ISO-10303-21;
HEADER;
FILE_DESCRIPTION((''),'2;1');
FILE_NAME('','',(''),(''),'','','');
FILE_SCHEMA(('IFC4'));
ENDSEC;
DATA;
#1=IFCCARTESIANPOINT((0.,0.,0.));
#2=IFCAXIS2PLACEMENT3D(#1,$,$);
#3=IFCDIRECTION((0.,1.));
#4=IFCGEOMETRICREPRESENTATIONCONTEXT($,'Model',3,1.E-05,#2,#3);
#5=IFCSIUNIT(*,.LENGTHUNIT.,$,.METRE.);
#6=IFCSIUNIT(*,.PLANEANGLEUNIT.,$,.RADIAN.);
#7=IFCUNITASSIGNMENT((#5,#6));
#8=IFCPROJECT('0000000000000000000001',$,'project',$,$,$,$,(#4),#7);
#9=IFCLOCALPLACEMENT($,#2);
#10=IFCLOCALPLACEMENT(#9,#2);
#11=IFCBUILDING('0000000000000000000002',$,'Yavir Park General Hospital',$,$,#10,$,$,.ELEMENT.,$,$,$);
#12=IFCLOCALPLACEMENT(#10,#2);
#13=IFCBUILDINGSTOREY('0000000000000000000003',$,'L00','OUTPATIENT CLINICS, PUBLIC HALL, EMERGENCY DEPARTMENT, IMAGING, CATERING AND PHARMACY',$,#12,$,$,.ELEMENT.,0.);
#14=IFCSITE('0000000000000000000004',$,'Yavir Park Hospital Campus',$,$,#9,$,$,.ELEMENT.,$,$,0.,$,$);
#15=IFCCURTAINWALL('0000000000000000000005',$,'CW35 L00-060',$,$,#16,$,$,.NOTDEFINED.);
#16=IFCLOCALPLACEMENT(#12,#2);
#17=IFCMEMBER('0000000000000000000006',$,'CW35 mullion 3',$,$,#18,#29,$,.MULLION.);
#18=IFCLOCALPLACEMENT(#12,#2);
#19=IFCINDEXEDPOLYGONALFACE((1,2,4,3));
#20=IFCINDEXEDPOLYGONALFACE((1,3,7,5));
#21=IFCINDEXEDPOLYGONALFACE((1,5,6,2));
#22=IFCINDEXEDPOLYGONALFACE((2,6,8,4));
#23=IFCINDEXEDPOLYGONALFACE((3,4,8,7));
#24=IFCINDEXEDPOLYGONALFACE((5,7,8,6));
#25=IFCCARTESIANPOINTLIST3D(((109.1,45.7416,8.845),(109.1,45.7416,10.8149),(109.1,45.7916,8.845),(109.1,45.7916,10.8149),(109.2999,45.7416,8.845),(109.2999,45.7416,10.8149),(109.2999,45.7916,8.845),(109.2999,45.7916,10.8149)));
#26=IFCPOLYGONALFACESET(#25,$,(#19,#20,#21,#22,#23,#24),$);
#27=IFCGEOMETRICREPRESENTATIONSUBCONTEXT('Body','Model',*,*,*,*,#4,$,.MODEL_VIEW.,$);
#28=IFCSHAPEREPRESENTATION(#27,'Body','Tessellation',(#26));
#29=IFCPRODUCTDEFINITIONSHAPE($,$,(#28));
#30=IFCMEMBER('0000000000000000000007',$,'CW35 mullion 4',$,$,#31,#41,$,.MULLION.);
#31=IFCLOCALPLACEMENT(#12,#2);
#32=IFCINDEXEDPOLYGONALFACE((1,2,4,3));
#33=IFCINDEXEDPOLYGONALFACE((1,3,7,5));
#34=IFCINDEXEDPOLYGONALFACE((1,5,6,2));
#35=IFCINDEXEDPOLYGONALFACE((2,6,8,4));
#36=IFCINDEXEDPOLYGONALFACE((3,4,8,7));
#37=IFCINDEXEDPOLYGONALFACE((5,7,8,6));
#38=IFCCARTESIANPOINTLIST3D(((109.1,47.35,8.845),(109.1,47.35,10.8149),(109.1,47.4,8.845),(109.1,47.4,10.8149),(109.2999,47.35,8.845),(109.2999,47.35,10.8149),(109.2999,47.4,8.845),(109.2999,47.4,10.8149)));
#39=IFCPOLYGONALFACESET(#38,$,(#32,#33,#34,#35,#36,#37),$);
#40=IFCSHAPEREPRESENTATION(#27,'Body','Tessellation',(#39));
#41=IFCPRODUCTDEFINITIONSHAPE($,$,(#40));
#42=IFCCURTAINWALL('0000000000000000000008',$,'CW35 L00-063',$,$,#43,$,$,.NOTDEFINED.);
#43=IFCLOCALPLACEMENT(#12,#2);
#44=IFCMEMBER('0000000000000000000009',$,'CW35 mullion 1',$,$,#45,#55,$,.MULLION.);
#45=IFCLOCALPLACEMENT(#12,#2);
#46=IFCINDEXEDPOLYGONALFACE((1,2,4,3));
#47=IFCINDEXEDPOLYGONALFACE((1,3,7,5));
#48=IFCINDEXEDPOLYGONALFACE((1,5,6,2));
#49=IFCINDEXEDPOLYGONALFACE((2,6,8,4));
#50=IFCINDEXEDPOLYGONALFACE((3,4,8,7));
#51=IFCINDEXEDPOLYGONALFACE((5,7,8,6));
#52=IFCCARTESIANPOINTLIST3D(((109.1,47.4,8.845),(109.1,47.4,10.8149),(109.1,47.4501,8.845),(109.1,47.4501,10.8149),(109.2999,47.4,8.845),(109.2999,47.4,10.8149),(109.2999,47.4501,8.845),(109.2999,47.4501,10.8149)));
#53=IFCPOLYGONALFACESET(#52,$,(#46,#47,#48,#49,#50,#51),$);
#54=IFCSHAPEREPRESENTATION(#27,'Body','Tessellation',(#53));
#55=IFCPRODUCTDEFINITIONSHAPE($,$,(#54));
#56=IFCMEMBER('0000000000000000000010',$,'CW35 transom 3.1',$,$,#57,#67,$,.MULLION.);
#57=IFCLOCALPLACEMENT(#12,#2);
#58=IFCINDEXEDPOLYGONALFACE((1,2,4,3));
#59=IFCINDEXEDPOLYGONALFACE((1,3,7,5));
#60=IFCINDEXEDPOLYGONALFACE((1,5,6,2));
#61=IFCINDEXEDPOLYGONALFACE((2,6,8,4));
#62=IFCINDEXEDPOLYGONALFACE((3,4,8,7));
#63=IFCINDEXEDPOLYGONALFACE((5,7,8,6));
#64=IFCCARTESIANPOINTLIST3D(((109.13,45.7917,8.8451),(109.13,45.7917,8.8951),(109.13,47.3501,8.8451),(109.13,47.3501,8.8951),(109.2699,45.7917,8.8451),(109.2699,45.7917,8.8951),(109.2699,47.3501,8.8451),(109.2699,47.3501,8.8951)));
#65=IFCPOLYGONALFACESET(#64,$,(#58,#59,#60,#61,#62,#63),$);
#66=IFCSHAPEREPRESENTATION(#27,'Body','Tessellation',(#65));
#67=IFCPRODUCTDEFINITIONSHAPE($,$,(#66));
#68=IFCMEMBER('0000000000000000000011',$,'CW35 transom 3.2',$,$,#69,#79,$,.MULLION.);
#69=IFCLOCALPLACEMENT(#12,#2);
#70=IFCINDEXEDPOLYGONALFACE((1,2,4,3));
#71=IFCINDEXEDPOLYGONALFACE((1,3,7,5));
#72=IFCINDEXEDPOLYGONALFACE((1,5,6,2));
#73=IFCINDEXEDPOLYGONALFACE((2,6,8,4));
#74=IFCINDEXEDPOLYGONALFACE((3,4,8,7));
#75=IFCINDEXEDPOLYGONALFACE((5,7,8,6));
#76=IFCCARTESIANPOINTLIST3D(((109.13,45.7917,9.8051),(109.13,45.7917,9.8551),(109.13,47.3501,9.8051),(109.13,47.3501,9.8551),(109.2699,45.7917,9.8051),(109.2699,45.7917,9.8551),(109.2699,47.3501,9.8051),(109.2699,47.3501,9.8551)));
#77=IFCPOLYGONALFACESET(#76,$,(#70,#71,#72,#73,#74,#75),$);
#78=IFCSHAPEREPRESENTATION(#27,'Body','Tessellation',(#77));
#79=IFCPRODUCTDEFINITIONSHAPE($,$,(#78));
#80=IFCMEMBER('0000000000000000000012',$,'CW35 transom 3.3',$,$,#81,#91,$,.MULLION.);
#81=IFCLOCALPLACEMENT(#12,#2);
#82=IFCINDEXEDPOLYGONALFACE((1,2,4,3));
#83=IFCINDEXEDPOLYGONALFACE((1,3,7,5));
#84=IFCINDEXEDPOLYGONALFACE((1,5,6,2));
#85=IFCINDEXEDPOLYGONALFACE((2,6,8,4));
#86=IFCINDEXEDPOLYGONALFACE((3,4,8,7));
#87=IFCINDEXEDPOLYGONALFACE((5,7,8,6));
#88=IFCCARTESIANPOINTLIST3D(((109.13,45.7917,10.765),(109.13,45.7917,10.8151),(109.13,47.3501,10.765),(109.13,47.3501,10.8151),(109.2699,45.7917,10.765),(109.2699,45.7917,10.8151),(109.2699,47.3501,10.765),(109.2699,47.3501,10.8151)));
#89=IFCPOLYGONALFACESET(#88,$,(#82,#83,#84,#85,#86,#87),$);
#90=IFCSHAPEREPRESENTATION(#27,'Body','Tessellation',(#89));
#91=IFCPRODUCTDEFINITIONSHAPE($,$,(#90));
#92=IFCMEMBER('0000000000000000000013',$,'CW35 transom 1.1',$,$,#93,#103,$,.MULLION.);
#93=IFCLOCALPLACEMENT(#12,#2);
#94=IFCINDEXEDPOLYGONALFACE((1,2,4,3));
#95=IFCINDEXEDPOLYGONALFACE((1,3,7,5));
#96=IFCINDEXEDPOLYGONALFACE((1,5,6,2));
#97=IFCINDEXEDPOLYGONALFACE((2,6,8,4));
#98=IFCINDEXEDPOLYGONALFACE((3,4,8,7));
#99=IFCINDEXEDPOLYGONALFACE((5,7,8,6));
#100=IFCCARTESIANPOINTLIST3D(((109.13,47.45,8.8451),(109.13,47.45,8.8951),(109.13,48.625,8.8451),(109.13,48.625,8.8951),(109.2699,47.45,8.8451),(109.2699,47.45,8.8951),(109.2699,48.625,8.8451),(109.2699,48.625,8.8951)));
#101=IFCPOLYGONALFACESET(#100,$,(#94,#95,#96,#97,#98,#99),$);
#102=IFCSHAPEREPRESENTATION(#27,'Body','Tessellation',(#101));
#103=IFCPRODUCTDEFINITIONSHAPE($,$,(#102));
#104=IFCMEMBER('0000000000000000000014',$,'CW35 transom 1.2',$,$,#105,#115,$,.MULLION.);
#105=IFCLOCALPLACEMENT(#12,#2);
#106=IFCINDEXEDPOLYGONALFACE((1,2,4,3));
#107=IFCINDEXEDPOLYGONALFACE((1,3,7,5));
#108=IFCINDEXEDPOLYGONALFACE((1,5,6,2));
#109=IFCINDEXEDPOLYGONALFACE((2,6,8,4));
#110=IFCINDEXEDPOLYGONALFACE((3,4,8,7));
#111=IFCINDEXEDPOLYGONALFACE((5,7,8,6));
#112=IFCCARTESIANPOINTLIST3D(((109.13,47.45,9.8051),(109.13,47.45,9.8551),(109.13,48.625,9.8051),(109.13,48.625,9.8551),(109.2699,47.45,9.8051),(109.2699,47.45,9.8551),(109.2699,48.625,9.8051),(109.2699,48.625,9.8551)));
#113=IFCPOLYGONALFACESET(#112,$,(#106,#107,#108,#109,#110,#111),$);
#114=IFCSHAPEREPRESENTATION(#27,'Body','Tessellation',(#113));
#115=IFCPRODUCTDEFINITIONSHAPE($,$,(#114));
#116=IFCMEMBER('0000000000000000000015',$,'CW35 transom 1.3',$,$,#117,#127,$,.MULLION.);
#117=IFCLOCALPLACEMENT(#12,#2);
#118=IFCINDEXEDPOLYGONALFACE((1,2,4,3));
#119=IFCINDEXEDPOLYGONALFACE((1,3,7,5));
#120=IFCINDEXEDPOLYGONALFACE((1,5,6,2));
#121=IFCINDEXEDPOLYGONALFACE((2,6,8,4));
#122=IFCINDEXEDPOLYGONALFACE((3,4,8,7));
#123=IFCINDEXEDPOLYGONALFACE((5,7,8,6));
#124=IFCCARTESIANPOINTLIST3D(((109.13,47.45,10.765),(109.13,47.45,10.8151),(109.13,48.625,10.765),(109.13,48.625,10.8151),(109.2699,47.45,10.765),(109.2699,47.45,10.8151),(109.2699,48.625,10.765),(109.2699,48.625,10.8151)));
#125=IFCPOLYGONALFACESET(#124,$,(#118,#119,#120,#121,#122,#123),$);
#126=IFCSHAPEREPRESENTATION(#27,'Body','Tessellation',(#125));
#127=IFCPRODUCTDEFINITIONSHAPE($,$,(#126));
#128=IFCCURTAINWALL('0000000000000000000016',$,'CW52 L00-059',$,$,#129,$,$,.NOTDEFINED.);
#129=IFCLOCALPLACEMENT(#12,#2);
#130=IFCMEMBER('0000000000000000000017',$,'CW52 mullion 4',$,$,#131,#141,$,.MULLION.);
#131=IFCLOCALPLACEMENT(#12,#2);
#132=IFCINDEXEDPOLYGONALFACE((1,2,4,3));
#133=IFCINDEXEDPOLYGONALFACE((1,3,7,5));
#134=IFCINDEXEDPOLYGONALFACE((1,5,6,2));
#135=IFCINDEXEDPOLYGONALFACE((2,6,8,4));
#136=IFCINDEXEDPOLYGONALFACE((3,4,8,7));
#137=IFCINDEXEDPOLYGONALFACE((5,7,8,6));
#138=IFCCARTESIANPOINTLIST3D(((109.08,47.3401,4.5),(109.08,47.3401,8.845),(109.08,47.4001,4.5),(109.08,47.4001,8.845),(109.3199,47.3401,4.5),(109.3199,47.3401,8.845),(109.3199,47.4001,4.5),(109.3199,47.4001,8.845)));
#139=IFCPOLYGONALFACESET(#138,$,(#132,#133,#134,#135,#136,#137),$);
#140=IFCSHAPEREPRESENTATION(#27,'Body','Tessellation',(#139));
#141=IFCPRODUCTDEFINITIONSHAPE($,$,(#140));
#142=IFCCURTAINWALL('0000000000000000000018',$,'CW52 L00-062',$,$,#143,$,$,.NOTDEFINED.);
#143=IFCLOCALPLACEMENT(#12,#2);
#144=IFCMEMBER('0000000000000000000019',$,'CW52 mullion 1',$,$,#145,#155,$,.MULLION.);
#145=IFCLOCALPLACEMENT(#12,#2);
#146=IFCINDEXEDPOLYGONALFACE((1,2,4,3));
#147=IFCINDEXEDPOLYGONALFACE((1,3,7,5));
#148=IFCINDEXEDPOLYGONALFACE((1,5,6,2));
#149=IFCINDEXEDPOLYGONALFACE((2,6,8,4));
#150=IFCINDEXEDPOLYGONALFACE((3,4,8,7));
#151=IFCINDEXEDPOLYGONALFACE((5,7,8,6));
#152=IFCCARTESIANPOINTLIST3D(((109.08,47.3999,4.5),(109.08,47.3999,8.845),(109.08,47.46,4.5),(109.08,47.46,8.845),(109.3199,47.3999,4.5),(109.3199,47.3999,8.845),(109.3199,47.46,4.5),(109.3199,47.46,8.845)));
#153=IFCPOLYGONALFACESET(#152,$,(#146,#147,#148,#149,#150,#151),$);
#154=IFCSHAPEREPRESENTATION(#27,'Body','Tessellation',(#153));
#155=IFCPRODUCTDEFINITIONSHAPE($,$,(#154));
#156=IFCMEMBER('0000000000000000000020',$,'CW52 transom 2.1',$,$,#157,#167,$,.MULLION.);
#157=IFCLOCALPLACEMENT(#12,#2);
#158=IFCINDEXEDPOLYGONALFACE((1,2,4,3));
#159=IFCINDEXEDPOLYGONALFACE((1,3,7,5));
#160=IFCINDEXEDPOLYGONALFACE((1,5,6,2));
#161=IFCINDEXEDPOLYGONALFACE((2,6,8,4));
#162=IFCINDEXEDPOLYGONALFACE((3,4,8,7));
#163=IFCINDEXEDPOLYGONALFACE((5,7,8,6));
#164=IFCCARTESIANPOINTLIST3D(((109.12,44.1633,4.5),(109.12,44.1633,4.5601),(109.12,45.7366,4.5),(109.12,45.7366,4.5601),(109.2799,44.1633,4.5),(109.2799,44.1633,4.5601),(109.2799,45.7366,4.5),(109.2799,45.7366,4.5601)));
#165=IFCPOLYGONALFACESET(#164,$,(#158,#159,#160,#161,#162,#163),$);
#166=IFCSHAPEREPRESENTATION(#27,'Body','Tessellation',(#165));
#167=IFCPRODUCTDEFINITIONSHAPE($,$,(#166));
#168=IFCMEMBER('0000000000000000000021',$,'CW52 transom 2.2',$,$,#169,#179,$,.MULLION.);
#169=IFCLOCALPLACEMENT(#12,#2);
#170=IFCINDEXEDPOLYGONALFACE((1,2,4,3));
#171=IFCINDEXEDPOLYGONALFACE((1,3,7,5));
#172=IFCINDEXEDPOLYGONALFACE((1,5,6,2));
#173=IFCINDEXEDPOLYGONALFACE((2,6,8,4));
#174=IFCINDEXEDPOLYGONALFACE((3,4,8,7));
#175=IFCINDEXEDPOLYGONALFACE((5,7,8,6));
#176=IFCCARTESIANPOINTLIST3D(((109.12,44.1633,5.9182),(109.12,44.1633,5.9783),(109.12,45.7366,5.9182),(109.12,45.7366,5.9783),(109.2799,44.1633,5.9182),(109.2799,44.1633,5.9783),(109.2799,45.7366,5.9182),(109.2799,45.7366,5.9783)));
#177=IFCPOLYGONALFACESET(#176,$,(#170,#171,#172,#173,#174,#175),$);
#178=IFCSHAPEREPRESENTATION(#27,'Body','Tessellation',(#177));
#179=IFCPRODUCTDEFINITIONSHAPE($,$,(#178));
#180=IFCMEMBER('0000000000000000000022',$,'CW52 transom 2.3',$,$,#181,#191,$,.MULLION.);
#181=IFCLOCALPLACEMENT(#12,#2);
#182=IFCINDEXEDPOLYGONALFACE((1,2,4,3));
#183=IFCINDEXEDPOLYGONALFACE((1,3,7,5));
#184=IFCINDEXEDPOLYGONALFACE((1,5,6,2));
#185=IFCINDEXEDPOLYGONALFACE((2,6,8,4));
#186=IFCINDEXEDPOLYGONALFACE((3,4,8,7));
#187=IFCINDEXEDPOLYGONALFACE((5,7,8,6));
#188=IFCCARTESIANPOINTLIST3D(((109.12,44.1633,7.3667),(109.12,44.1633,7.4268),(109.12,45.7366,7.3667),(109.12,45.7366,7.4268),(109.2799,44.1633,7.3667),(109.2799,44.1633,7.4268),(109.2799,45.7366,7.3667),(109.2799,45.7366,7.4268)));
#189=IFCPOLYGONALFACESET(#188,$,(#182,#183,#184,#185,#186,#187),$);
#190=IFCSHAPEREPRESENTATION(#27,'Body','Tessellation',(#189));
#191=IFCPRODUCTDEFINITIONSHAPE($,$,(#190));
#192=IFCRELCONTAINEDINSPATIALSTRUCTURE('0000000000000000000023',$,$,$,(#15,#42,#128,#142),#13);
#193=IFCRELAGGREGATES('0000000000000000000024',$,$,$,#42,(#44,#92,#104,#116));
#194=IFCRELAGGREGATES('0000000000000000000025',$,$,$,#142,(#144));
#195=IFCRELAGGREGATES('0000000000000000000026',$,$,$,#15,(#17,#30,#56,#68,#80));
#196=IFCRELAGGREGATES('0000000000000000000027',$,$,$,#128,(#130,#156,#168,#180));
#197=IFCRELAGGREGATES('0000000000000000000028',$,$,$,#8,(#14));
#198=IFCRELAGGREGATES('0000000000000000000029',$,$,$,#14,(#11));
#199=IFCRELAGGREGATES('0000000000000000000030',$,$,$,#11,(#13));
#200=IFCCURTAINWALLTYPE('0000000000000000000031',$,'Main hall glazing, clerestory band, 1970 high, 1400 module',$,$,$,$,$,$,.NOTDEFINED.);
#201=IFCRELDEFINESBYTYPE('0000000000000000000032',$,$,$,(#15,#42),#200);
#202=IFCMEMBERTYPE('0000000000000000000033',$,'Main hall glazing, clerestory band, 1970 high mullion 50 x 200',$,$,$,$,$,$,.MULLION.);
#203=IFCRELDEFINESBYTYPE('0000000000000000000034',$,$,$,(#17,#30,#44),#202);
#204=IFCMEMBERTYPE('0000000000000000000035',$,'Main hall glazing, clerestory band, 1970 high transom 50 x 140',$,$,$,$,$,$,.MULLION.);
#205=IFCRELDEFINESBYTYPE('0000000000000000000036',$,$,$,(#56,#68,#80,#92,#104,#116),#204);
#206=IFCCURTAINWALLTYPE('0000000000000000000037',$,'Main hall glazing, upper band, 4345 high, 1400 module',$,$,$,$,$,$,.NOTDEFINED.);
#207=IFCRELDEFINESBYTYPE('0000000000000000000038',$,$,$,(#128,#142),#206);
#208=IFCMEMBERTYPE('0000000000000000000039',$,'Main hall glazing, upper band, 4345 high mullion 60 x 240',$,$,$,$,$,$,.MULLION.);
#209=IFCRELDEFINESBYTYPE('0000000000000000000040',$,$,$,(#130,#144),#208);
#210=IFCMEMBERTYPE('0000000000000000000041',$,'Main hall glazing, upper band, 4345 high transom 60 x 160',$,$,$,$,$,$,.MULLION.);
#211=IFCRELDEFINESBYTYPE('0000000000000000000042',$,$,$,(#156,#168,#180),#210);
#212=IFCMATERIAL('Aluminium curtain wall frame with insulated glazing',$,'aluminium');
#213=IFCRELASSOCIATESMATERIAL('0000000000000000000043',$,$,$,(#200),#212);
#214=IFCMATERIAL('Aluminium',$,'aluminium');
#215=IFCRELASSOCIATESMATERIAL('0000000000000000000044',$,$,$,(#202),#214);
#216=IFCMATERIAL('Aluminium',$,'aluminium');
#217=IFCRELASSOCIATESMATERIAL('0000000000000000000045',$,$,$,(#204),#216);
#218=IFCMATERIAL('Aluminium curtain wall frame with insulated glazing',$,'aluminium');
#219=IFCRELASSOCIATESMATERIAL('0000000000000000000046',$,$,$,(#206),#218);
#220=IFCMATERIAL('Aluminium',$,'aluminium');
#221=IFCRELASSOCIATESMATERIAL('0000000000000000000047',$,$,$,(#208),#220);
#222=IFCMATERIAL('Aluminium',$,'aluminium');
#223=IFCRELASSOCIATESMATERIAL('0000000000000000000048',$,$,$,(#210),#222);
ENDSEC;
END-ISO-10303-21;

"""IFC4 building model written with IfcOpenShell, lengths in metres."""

from ifc_helpers import new_model, si_unit, direction, frame, origin, origin_2d, place, context, subcontext, project, spatial, rectangle, extrude, material, material_profile, profile_set, type_object, element, aggregate, save


model = new_model("IFC4")

# Units and contexts
model_context = context("Model", 3, precision=1e-05, world=origin(), true_north=direction((0.0, 1.0)))
body_context = subcontext(model_context, "Body", "Model", "MODEL_VIEW")
ifc_project = project(units=[si_unit("LENGTHUNIT", "METRE"), si_unit("PLANEANGLEUNIT", "RADIAN")], contexts=[model_context])

# Site, building, storey
site_placement = place(None, origin())
site = spatial("IfcSite", under=ifc_project, at=site_placement, Name="Yavir Park Hospital Campus", CompositionType="ELEMENT", RefElevation=0.0)
building_placement = place(site_placement, origin())
building = spatial("IfcBuilding", under=site, at=building_placement, Name="Yavir Park General Hospital", CompositionType="ELEMENT")
storey_placement = place(building_placement, origin())
storey = spatial("IfcBuildingStorey", under=building, at=storey_placement, Name="L00", Description="OUTPATIENT CLINICS, PUBLIC HALL, EMERGENCY DEPARTMENT, IMAGING, CATERING AND PHARMACY", CompositionType="ELEMENT", Elevation=0.0)

# Curtain wall, members
ifc_material_1 = material(Name="Aluminium curtain wall frame with insulated glazing", Category="aluminium")
curtain_wall_type_1 = type_object("IfcCurtainWallType", Name="Main hall glazing, clerestory band, 1970 high, 1400 module", PredefinedType="NOTDEFINED", material=ifc_material_1)
curtain_wall_1_placement = place(storey_placement, origin())
curtain_wall_1 = element("IfcCurtainWall", 1, at=curtain_wall_1_placement, inside=storey, type_object=curtain_wall_type_1, Name="CW35 L00-060", PredefinedType="NOTDEFINED")
ifc_material_2 = material(Name="Aluminium", Category="aluminium")
ifc_material_profile_1 = material_profile(ifc_material_2, rectangle(XDim=0.2, YDim=0.05, at=origin_2d()), Name="AL 50x200")
ifc_profile_set_1 = profile_set([ifc_material_profile_1], Name="Aluminium")
member_type_1 = type_object("IfcMemberType", Name="Main hall glazing, clerestory band, 1970 high mullion 50 x 200", PredefinedType="MULLION", material=ifc_profile_set_1)
member_1_placement = place(storey_placement, frame((109.2, 45.7666, 8.845), z_axis=(0.0, 0.0, 1.0), x_axis=(-1.0, 0.0, 0.0)))
member_1 = element("IfcMember", 2, at=member_1_placement, type_object=member_type_1, Name="CW35 mullion 3", PredefinedType="MULLION", context=body_context, shape_type="SweptSolid", body=[
    extrude(rectangle(XDim=0.2, YDim=0.05, at=origin_2d()), origin(), (0.0, 0.0, 1.0), 1.97),
])
member_2_placement = place(storey_placement, frame((109.2, 47.375, 8.845), z_axis=(0.0, 0.0, 1.0), x_axis=(-1.0, 0.0, 0.0)))
member_2 = element("IfcMember", 3, at=member_2_placement, type_object=member_type_1, Name="CW35 mullion 4", PredefinedType="MULLION", context=body_context, shape_type="SweptSolid", body=[
    extrude(rectangle(XDim=0.2, YDim=0.05, at=origin_2d()), origin(), (0.0, 0.0, 1.0), 1.97),
])

# Curtain wall, member
curtain_wall_2_placement = place(storey_placement, origin())
curtain_wall_2 = element("IfcCurtainWall", 4, at=curtain_wall_2_placement, inside=storey, type_object=curtain_wall_type_1, Name="CW35 L00-063", PredefinedType="NOTDEFINED")
member_3_placement = place(storey_placement, frame((109.2, 47.425, 8.845), z_axis=(0.0, 0.0, 1.0), x_axis=(-1.0, 0.0, 0.0)))
member_3 = element("IfcMember", 5, at=member_3_placement, type_object=member_type_1, Name="CW35 mullion 1", PredefinedType="MULLION", context=body_context, shape_type="SweptSolid", body=[
    extrude(rectangle(XDim=0.2, YDim=0.05, at=origin_2d()), origin(), (0.0, 0.0, 1.0), 1.97),
])

# Members
ifc_material_3 = material(Name="Aluminium", Category="aluminium")
ifc_material_profile_2 = material_profile(ifc_material_3, rectangle(XDim=0.1399, YDim=0.05, at=origin_2d()), Name="AL 140x50")
ifc_profile_set_2 = profile_set([ifc_material_profile_2], Name="Aluminium")
member_type_2 = type_object("IfcMemberType", Name="Main hall glazing, clerestory band, 1970 high transom 50 x 140", PredefinedType="MULLION", material=ifc_profile_set_2)
member_4_placement = place(storey_placement, frame((109.2, 45.7917, 8.8701), z_axis=(0.0, 1.0, 0.0), x_axis=(-1.0, 0.0, 0.0)))
member_4 = element("IfcMember", 6, at=member_4_placement, type_object=member_type_2, Name="CW35 transom 3.1", PredefinedType="MULLION", context=body_context, shape_type="SweptSolid", body=[
    extrude(rectangle(XDim=0.1399, YDim=0.05, at=origin_2d()), origin(), (0.0, 0.0, 1.0), 1.5583),
])
member_5_placement = place(storey_placement, frame((109.2, 45.7917, 9.8301), z_axis=(0.0, 1.0, 0.0), x_axis=(-1.0, 0.0, 0.0)))
member_5 = element("IfcMember", 7, at=member_5_placement, type_object=member_type_2, Name="CW35 transom 3.2", PredefinedType="MULLION", context=body_context, shape_type="SweptSolid", body=[
    extrude(rectangle(XDim=0.1399, YDim=0.05, at=origin_2d()), origin(), (0.0, 0.0, 1.0), 1.5583),
])
member_6_placement = place(storey_placement, frame((109.2, 45.7917, 10.79), z_axis=(0.0, 1.0, 0.0), x_axis=(-1.0, 0.0, 0.0)))
member_6 = element("IfcMember", 8, at=member_6_placement, type_object=member_type_2, Name="CW35 transom 3.3", PredefinedType="MULLION", context=body_context, shape_type="SweptSolid", body=[
    extrude(rectangle(XDim=0.1399, YDim=0.05, at=origin_2d()), origin(), (0.0, 0.0, 1.0), 1.5583),
])
member_7_placement = place(storey_placement, frame((109.2, 47.45, 8.8701), z_axis=(0.0, 1.0, 0.0), x_axis=(-1.0, 0.0, 0.0)))
member_7 = element("IfcMember", 9, at=member_7_placement, type_object=member_type_2, Name="CW35 transom 1.1", PredefinedType="MULLION", context=body_context, shape_type="SweptSolid", body=[
    extrude(rectangle(XDim=0.1399, YDim=0.05, at=origin_2d()), origin(), (0.0, 0.0, 1.0), 1.175),
])
member_8_placement = place(storey_placement, frame((109.2, 47.45, 9.8301), z_axis=(0.0, 1.0, 0.0), x_axis=(-1.0, 0.0, 0.0)))
member_8 = element("IfcMember", 10, at=member_8_placement, type_object=member_type_2, Name="CW35 transom 1.2", PredefinedType="MULLION", context=body_context, shape_type="SweptSolid", body=[
    extrude(rectangle(XDim=0.1399, YDim=0.05, at=origin_2d()), origin(), (0.0, 0.0, 1.0), 1.175),
])
member_9_placement = place(storey_placement, frame((109.2, 47.45, 10.79), z_axis=(0.0, 1.0, 0.0), x_axis=(-1.0, 0.0, 0.0)))
member_9 = element("IfcMember", 11, at=member_9_placement, type_object=member_type_2, Name="CW35 transom 1.3", PredefinedType="MULLION", context=body_context, shape_type="SweptSolid", body=[
    extrude(rectangle(XDim=0.1399, YDim=0.05, at=origin_2d()), origin(), (0.0, 0.0, 1.0), 1.175),
])
aggregate(curtain_wall_2, [member_3, member_7, member_8, member_9])

# Curtain walls, members
ifc_material_4 = material(Name="Aluminium curtain wall frame with insulated glazing", Category="aluminium")
curtain_wall_type_2 = type_object("IfcCurtainWallType", Name="Main hall glazing, upper band, 4345 high, 1400 module", PredefinedType="NOTDEFINED", material=ifc_material_4)
curtain_wall_3_placement = place(storey_placement, origin())
curtain_wall_3 = element("IfcCurtainWall", 12, at=curtain_wall_3_placement, inside=storey, type_object=curtain_wall_type_2, Name="CW52 L00-059", PredefinedType="NOTDEFINED")
ifc_material_5 = material(Name="Aluminium", Category="aluminium")
ifc_material_profile_3 = material_profile(ifc_material_5, rectangle(XDim=0.24, YDim=0.0601, at=origin_2d()), Name="AL 60x240")
ifc_profile_set_3 = profile_set([ifc_material_profile_3], Name="Aluminium")
member_type_3 = type_object("IfcMemberType", Name="Main hall glazing, upper band, 4345 high mullion 60 x 240", PredefinedType="MULLION", material=ifc_profile_set_3)
member_10_placement = place(storey_placement, frame((109.2, 47.3701, 4.5), z_axis=(0.0, 0.0, 1.0), x_axis=(-1.0, 0.0, 0.0)))
member_10 = element("IfcMember", 13, at=member_10_placement, type_object=member_type_3, Name="CW52 mullion 4", PredefinedType="MULLION", context=body_context, shape_type="SweptSolid", body=[
    extrude(rectangle(XDim=0.24, YDim=0.0601, at=origin_2d()), origin(), (0.0, 0.0, 1.0), 4.345),
])
curtain_wall_4_placement = place(storey_placement, origin())
curtain_wall_4 = element("IfcCurtainWall", 14, at=curtain_wall_4_placement, inside=storey, type_object=curtain_wall_type_2, Name="CW52 L00-062", PredefinedType="NOTDEFINED")
member_11_placement = place(storey_placement, frame((109.2, 47.4299, 4.5), z_axis=(0.0, 0.0, 1.0), x_axis=(-1.0, 0.0, 0.0)))
member_11 = element("IfcMember", 15, at=member_11_placement, type_object=member_type_3, Name="CW52 mullion 1", PredefinedType="MULLION", context=body_context, shape_type="SweptSolid", body=[
    extrude(rectangle(XDim=0.24, YDim=0.0601, at=origin_2d()), origin(), (0.0, 0.0, 1.0), 4.345),
])

# Members
ifc_material_6 = material(Name="Aluminium", Category="aluminium")
ifc_material_profile_4 = material_profile(ifc_material_6, rectangle(XDim=0.1599, YDim=0.0601, at=origin_2d()), Name="AL 160x60")
ifc_profile_set_4 = profile_set([ifc_material_profile_4], Name="Aluminium")
member_type_4 = type_object("IfcMemberType", Name="Main hall glazing, upper band, 4345 high transom 60 x 160", PredefinedType="MULLION", material=ifc_profile_set_4)
member_12_placement = place(storey_placement, frame((109.2, 44.1633, 4.53), z_axis=(0.0, 1.0, 0.0), x_axis=(-1.0, 0.0, 0.0)))
member_12 = element("IfcMember", 16, at=member_12_placement, type_object=member_type_4, Name="CW52 transom 2.1", PredefinedType="MULLION", context=body_context, shape_type="SweptSolid", body=[
    extrude(rectangle(XDim=0.1599, YDim=0.0601, at=origin_2d()), origin(), (0.0, 0.0, 1.0), 1.5732),
])
member_13_placement = place(storey_placement, frame((109.2, 44.1633, 5.9482), z_axis=(0.0, 1.0, 0.0), x_axis=(-1.0, 0.0, 0.0)))
member_13 = element("IfcMember", 17, at=member_13_placement, type_object=member_type_4, Name="CW52 transom 2.2", PredefinedType="MULLION", context=body_context, shape_type="SweptSolid", body=[
    extrude(rectangle(XDim=0.1599, YDim=0.0601, at=origin_2d()), origin(), (0.0, 0.0, 1.0), 1.5732),
])
member_14_placement = place(storey_placement, frame((109.2, 44.1633, 7.3967), z_axis=(0.0, 1.0, 0.0), x_axis=(-1.0, 0.0, 0.0)))
member_14 = element("IfcMember", 18, at=member_14_placement, type_object=member_type_4, Name="CW52 transom 2.3", PredefinedType="MULLION", context=body_context, shape_type="SweptSolid", body=[
    extrude(rectangle(XDim=0.1599, YDim=0.0601, at=origin_2d()), origin(), (0.0, 0.0, 1.0), 1.5732),
])
aggregate(curtain_wall_4, [member_11])

aggregate(curtain_wall_1, [member_1, member_2, member_4, member_5, member_6])
aggregate(curtain_wall_3, [member_10, member_12, member_13, member_14])

save(model, "model.ifc")
